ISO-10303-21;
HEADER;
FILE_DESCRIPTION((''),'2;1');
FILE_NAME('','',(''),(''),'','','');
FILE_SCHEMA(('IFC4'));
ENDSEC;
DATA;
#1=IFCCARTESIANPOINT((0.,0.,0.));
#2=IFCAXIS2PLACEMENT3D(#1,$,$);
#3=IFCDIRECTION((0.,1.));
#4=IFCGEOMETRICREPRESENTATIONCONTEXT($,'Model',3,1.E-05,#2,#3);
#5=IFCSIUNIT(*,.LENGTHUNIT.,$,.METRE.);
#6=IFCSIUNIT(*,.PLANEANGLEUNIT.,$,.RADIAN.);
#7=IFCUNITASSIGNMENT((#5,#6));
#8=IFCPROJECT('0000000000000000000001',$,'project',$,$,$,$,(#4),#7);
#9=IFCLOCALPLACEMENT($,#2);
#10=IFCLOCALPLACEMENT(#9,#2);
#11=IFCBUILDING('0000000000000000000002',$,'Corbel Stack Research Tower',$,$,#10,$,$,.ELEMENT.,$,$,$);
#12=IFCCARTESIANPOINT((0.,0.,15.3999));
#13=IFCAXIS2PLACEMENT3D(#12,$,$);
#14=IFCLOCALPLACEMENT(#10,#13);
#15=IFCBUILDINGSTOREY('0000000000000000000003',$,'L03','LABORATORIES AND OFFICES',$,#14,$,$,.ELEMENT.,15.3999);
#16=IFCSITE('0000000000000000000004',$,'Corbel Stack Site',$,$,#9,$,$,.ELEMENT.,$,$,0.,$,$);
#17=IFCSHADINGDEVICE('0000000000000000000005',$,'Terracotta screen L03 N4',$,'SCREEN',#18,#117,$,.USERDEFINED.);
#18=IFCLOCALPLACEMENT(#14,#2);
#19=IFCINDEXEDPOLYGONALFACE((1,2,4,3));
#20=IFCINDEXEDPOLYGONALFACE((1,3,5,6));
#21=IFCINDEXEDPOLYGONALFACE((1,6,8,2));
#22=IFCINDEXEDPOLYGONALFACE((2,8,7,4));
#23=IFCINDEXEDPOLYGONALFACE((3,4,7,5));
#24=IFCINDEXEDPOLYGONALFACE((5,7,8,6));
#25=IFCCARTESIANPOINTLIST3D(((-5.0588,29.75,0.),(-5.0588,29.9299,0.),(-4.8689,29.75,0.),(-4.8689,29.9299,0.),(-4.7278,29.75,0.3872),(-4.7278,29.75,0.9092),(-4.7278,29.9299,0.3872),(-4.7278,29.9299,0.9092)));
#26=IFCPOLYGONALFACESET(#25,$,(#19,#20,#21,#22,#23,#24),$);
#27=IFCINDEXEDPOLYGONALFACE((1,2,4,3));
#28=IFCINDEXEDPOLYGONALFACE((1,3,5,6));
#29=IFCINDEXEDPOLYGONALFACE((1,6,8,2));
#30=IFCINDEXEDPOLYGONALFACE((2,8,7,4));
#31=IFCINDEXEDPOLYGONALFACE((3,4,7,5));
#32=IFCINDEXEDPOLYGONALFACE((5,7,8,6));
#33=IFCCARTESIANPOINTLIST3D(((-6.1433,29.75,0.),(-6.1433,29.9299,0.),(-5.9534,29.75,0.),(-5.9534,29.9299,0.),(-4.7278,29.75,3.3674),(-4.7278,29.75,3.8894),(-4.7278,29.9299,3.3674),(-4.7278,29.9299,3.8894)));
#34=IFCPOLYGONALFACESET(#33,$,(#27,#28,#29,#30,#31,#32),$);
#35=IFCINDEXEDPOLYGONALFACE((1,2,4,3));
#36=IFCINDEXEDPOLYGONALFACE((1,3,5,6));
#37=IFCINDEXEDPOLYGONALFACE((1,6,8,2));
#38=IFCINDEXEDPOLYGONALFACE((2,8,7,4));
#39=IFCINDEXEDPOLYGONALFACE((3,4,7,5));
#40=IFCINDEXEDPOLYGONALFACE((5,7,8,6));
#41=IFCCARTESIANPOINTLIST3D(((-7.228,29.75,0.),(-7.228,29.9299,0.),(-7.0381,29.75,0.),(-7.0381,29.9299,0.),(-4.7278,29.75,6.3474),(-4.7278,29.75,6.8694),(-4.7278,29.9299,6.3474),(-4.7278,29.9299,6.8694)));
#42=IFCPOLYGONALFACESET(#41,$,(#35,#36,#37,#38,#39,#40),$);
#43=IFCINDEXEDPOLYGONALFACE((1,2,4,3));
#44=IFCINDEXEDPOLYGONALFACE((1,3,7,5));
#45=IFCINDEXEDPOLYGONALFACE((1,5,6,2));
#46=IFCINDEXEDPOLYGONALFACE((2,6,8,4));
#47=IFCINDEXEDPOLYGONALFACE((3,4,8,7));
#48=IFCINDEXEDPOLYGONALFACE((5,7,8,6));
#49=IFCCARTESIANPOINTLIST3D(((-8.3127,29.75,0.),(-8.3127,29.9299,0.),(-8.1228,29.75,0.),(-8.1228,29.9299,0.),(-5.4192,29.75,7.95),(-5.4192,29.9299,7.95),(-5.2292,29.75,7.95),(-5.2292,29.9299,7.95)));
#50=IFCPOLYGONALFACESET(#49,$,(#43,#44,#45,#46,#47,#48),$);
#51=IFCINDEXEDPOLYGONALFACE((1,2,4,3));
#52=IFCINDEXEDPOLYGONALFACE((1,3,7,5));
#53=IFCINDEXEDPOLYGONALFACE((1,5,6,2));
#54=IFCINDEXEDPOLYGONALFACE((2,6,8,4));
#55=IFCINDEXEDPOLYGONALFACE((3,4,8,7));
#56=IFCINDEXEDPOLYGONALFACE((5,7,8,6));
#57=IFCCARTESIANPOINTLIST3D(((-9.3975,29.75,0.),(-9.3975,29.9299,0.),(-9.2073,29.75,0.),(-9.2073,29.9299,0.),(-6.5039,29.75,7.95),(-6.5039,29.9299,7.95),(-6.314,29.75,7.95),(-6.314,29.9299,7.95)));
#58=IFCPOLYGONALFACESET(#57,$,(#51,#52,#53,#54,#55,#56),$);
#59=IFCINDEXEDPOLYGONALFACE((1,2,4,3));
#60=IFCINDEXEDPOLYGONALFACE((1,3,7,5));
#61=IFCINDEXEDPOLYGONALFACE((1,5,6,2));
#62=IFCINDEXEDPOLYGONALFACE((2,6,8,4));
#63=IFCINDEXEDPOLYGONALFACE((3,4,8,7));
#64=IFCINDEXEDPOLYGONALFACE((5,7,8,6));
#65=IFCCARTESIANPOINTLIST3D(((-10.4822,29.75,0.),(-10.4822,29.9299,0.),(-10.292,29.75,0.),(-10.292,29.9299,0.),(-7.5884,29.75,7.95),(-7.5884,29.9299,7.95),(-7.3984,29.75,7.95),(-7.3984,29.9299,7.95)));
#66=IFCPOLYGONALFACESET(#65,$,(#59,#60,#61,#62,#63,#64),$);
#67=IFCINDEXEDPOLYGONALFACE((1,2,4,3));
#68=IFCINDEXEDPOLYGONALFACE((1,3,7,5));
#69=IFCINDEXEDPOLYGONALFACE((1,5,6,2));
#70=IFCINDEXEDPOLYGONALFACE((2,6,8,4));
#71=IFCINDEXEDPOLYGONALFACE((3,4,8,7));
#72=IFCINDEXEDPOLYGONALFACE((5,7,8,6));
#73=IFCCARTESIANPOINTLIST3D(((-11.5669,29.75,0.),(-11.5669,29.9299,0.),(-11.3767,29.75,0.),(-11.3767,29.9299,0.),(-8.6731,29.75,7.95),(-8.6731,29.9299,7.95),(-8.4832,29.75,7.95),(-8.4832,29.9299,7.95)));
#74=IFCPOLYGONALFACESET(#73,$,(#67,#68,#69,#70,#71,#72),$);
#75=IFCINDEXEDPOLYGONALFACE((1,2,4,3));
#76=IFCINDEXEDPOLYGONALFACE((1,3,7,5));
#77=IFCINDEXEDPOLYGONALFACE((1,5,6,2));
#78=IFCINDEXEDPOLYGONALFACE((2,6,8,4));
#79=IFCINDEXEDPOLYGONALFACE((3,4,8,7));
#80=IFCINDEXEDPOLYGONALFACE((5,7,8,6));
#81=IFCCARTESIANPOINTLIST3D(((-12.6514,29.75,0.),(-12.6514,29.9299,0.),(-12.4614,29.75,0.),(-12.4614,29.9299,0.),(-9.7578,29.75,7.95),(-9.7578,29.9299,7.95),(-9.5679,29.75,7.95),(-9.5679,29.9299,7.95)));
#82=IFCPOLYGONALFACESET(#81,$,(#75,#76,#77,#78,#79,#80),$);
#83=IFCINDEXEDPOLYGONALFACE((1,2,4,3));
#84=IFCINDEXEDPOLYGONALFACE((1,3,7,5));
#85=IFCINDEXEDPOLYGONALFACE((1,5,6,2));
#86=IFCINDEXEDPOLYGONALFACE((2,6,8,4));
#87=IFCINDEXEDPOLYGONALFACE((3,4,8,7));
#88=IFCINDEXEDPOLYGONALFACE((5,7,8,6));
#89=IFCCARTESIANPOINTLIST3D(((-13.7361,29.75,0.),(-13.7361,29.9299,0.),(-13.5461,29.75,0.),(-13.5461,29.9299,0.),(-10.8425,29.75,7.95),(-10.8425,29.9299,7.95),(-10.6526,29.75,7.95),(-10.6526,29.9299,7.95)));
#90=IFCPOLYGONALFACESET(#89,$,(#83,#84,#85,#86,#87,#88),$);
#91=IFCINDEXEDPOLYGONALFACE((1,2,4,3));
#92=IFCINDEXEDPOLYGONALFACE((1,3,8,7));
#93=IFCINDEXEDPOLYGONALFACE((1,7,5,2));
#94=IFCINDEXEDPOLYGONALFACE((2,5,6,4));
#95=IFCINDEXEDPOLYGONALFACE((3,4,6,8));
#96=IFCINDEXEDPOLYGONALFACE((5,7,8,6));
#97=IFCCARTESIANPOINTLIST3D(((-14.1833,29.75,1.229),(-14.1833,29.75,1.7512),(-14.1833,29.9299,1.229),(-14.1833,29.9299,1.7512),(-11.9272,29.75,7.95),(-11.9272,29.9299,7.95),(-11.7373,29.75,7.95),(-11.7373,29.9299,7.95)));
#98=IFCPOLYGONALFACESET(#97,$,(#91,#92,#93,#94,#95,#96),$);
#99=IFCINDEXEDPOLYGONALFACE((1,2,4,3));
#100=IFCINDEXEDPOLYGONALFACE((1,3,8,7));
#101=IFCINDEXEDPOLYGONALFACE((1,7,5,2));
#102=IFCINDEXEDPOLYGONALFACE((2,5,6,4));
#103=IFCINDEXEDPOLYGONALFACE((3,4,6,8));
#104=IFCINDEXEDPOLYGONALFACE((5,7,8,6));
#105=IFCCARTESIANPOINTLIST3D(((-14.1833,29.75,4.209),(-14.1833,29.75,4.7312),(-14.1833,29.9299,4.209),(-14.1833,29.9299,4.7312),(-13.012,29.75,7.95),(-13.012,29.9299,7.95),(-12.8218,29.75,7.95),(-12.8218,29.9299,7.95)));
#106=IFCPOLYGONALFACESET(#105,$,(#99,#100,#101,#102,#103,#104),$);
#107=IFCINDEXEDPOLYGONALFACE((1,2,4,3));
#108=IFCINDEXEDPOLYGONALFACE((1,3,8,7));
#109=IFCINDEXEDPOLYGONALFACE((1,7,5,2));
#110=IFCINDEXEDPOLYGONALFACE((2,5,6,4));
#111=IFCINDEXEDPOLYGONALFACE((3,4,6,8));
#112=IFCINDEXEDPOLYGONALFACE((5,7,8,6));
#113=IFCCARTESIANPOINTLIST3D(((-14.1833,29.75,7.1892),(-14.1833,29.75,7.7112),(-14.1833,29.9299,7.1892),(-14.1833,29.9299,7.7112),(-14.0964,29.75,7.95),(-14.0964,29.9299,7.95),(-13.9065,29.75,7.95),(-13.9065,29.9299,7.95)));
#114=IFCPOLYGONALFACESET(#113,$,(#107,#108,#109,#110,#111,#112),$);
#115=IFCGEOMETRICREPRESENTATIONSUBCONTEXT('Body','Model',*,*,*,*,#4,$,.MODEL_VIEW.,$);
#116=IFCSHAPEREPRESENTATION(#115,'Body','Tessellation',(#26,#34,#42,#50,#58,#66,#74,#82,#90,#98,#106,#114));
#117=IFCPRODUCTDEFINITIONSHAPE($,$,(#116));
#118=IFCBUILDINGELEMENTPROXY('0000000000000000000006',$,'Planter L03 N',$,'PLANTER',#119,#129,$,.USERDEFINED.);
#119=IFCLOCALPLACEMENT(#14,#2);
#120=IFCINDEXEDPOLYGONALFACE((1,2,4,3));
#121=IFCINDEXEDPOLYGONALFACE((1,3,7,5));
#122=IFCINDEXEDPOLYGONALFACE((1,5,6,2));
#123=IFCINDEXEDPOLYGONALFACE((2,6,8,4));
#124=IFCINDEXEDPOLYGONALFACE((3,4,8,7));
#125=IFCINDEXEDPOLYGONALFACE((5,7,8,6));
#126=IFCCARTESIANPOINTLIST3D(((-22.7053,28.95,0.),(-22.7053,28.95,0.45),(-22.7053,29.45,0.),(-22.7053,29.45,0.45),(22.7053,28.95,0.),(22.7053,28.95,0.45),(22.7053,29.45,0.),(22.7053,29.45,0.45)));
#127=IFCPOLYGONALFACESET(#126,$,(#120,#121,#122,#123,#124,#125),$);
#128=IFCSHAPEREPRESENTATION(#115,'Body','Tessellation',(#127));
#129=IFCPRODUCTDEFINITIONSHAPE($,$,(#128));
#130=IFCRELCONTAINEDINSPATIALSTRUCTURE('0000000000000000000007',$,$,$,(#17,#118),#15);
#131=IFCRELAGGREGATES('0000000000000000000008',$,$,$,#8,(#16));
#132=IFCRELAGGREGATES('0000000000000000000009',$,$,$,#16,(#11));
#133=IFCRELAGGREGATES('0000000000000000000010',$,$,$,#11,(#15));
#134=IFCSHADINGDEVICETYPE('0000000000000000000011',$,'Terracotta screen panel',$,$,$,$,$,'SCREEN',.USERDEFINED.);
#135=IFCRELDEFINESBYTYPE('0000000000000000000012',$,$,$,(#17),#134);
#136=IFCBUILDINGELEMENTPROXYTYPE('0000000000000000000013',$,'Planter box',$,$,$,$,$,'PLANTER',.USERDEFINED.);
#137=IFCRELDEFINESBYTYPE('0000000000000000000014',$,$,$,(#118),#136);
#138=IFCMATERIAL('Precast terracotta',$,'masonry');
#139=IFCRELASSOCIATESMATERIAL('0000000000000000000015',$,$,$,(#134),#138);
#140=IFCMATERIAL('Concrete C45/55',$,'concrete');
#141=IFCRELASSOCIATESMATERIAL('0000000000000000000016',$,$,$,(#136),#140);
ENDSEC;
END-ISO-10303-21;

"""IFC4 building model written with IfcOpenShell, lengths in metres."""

from ifc_helpers import new_model, si_unit, direction, frame, origin, origin_2d, place, context, subcontext, project, spatial, polyline, rectangle, outline, extrude, source, transform, mapped, material, type_object, element, save


model = new_model("IFC4")

# Units and contexts
model_context = context("Model", 3, precision=1e-05, world=origin(), true_north=direction((0.0, 1.0)))
body_context = subcontext(model_context, "Body", "Model", "MODEL_VIEW")
ifc_project = project(units=[si_unit("LENGTHUNIT", "METRE"), si_unit("PLANEANGLEUNIT", "RADIAN")], contexts=[model_context])

# Site, building, storey
site_placement = place(None, origin())
site = spatial("IfcSite", under=ifc_project, at=site_placement, Name="Corbel Stack Site", CompositionType="ELEMENT", RefElevation=0.0)
building_placement = place(site_placement, origin())
building = spatial("IfcBuilding", under=site, at=building_placement, Name="Corbel Stack Research Tower", CompositionType="ELEMENT")
storey_placement = place(building_placement, frame((0.0, 0.0, 15.3999)))
storey = spatial("IfcBuildingStorey", under=building, at=storey_placement, Name="L03", Description="LABORATORIES AND OFFICES", CompositionType="ELEMENT", Elevation=15.3999)

# Shading device
ifc_material_1 = material(Name="Precast terracotta", Category="masonry")
shading_device_type = type_object("IfcShadingDeviceType", Name="Terracotta screen panel", ElementType="SCREEN", PredefinedType="USERDEFINED", material=ifc_material_1)
shared_shape = source(origin(), body_context, "Body", "SweptSolid", [
    extrude(outline(polyline([(0.3311, 0.0), (0.0, 0.9092), (0.0, 0.3872), (0.1411, 0.0), (0.3311, 0.0)])), frame((0.0, 0.0, 0.0), z_axis=(0.0, -1.0, 0.0), x_axis=(1.0, 0.0, 0.0)), (0.0, 0.0, 1.0), 0.1799),
    extrude(outline(polyline([(1.4155, 0.0), (0.0, 3.8894), (0.0, 3.3674), (1.2256, 0.0), (1.4155, 0.0)])), frame((0.0, 0.0, 0.0), z_axis=(0.0, -1.0, 0.0), x_axis=(1.0, 0.0, 0.0)), (0.0, 0.0, 1.0), 0.1799),
    extrude(outline(polyline([(2.5002, 0.0), (0.0, 6.8694), (0.0, 6.3474), (2.3103, 0.0), (2.5002, 0.0)])), frame((0.0, 0.0, 0.0), z_axis=(0.0, -1.0, 0.0), x_axis=(1.0, 0.0, 0.0)), (0.0, 0.0, 1.0), 0.1799),
    extrude(outline(polyline([(3.585, 0.0), (0.6914, 7.95), (0.5015, 7.95), (3.395, 0.0), (3.585, 0.0)])), frame((0.0, 0.0, 0.0), z_axis=(0.0, -1.0, 0.0), x_axis=(1.0, 0.0, 0.0)), (0.0, 0.0, 1.0), 0.1799),
    extrude(outline(polyline([(4.6697, 0.0), (1.7761, 7.95), (1.5862, 7.95), (4.4795, 0.0), (4.6697, 0.0)])), frame((0.0, 0.0, 0.0), z_axis=(0.0, -1.0, 0.0), x_axis=(1.0, 0.0, 0.0)), (0.0, 0.0, 1.0), 0.1799),
    extrude(outline(polyline([(5.7544, 0.0), (2.8606, 7.95), (2.6707, 7.95), (5.5642, 0.0), (5.7544, 0.0)])), frame((0.0, 0.0, 0.0), z_axis=(0.0, -1.0, 0.0), x_axis=(1.0, 0.0, 0.0)), (0.0, 0.0, 1.0), 0.1799),
    extrude(outline(polyline([(6.8391, 0.0), (3.9453, 7.95), (3.7554, 7.95), (6.6489, 0.0), (6.8391, 0.0)])), frame((0.0, 0.0, 0.0), z_axis=(0.0, -1.0, 0.0), x_axis=(1.0, 0.0, 0.0)), (0.0, 0.0, 1.0), 0.1799),
    extrude(outline(polyline([(7.9236, 0.0), (5.03, 7.95), (4.8401, 7.95), (7.7336, 0.0), (7.9236, 0.0)])), frame((0.0, 0.0, 0.0), z_axis=(0.0, -1.0, 0.0), x_axis=(1.0, 0.0, 0.0)), (0.0, 0.0, 1.0), 0.1799),
    extrude(outline(polyline([(9.0083, 0.0), (6.1147, 7.95), (5.9248, 7.95), (8.8184, 0.0), (9.0083, 0.0)])), frame((0.0, 0.0, 0.0), z_axis=(0.0, -1.0, 0.0), x_axis=(1.0, 0.0, 0.0)), (0.0, 0.0, 1.0), 0.1799),
    extrude(outline(polyline([(7.1995, 7.95), (7.0095, 7.95), (9.4556, 1.229), (9.4556, 1.7512), (7.1995, 7.95)])), frame((0.0, 0.0, 0.0), z_axis=(0.0, -1.0, 0.0), x_axis=(1.0, 0.0, 0.0)), (0.0, 0.0, 1.0), 0.1799),
    extrude(outline(polyline([(8.2842, 7.95), (8.094, 7.95), (9.4556, 4.209), (9.4556, 4.7312), (8.2842, 7.95)])), frame((0.0, 0.0, 0.0), z_axis=(0.0, -1.0, 0.0), x_axis=(1.0, 0.0, 0.0)), (0.0, 0.0, 1.0), 0.1799),
    extrude(outline(polyline([(9.3687, 7.95), (9.1787, 7.95), (9.4556, 7.1892), (9.4556, 7.7112), (9.3687, 7.95)])), frame((0.0, 0.0, 0.0), z_axis=(0.0, -1.0, 0.0), x_axis=(1.0, 0.0, 0.0)), (0.0, 0.0, 1.0), 0.1799),
])
shading_device_placement = place(storey_placement, frame((-4.7278, 29.75, 0.0), z_axis=(0.0, 0.0, 1.0), x_axis=(-1.0, 0.0, 0.0)))
element("IfcShadingDevice", 1, at=shading_device_placement, inside=storey, type_object=shading_device_type, Name="Terracotta screen L03 N4", ObjectType="SCREEN", PredefinedType="USERDEFINED", context=body_context, shape_type="MappedRepresentation", body=[
    mapped(shared_shape, transform((0.0, 0.0, 0.0))),
])

# Building element proxy
ifc_material_2 = material(Name="Concrete C45/55", Category="concrete")
building_element_proxy_type = type_object("IfcBuildingElementProxyType", Name="Planter box", ElementType="PLANTER", PredefinedType="USERDEFINED", material=ifc_material_2)
proxy_placement = place(storey_placement, frame((0.0, 29.2, 0.0), z_axis=(0.0, 0.0, 1.0), x_axis=(-1.0, 0.0, 0.0)))
element("IfcBuildingElementProxy", 2, at=proxy_placement, inside=storey, type_object=building_element_proxy_type, Name="Planter L03 N", ObjectType="PLANTER", PredefinedType="USERDEFINED", context=body_context, shape_type="SweptSolid", body=[
    extrude(rectangle(XDim=45.4106, YDim=0.5, at=origin_2d()), origin(), (0.0, 0.0, 1.0), 0.45),
])

save(model, "model.ifc")
